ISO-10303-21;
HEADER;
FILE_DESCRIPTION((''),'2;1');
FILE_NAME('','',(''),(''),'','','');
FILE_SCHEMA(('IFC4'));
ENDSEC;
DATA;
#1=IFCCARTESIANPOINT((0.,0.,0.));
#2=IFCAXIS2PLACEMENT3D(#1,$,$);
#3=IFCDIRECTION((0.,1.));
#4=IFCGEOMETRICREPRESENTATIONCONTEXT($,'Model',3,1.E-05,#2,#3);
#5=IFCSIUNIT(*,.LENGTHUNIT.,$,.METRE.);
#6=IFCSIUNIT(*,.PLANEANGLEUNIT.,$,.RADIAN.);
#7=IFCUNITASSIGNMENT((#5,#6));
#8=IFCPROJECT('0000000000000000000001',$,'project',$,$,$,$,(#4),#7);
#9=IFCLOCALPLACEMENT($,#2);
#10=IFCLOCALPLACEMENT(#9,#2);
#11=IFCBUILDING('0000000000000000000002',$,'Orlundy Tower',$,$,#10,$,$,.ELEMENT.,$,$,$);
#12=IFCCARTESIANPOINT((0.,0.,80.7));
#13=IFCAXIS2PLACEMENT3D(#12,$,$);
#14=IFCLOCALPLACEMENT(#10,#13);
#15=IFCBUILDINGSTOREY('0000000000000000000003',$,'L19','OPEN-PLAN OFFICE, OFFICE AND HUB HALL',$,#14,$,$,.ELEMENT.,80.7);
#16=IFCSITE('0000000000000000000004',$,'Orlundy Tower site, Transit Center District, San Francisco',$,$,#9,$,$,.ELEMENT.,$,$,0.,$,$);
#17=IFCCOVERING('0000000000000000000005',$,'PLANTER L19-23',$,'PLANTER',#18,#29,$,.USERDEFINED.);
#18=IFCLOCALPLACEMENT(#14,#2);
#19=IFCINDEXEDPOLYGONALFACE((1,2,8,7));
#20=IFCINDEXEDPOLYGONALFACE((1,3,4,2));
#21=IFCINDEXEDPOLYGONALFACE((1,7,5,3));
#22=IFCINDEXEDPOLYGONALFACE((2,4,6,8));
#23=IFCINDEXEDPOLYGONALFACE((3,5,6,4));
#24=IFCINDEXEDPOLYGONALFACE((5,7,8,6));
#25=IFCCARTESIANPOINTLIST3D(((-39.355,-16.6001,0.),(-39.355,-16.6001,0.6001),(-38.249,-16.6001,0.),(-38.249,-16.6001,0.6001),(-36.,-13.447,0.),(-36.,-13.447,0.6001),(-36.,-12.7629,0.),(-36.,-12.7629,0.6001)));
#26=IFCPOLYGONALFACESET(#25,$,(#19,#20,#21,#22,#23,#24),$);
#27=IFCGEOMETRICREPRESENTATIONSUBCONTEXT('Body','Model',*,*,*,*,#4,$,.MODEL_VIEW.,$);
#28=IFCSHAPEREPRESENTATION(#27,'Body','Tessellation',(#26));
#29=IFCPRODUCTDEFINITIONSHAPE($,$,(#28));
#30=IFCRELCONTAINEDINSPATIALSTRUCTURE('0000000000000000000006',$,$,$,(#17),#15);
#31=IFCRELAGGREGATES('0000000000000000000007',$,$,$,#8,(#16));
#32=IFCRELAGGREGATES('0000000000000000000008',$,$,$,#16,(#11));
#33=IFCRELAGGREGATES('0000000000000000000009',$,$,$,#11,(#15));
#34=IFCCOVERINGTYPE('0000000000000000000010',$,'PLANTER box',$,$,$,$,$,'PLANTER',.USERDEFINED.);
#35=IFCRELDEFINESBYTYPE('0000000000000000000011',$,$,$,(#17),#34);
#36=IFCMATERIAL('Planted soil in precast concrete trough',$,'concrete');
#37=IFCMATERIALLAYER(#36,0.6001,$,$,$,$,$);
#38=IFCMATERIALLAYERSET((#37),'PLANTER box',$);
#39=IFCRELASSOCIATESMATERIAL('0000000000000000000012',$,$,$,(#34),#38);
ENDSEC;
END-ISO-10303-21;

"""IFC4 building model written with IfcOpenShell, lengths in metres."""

from ifc_helpers import new_model, si_unit, direction, frame, origin, place, context, subcontext, project, spatial, polyline, outline, extrude, material, layer, layer_set, type_object, element, save


model = new_model("IFC4")

# Units and contexts
model_context = context("Model", 3, precision=1e-05, world=origin(), true_north=direction((0.0, 1.0)))
body_context = subcontext(model_context, "Body", "Model", "MODEL_VIEW")
ifc_project = project(units=[si_unit("LENGTHUNIT", "METRE"), si_unit("PLANEANGLEUNIT", "RADIAN")], contexts=[model_context])

# Site, building, storey
site_placement = place(None, origin())
site = spatial("IfcSite", under=ifc_project, at=site_placement, Name="Orlundy Tower site, Transit Center District, San Francisco", CompositionType="ELEMENT", RefElevation=0.0)
building_placement = place(site_placement, origin())
building = spatial("IfcBuilding", under=site, at=building_placement, Name="Orlundy Tower", CompositionType="ELEMENT")
storey_placement = place(building_placement, frame((0.0, 0.0, 80.7)))
storey = spatial("IfcBuildingStorey", under=building, at=storey_placement, Name="L19", Description="OPEN-PLAN OFFICE, OFFICE AND HUB HALL", CompositionType="ELEMENT", Elevation=80.7)

# Covering
ifc_material_1 = material(Name="Planted soil in precast concrete trough", Category="concrete")
ifc_layer_1 = layer(ifc_material_1, 0.6001)
ifc_layer_set_1 = layer_set([ifc_layer_1], Name="PLANTER box")
covering_type = type_object("IfcCoveringType", Name="PLANTER box", ElementType="PLANTER", PredefinedType="USERDEFINED", material=ifc_layer_set_1)
covering_1_placement = place(storey_placement, origin())
element("IfcCovering", 1, at=covering_1_placement, inside=storey, type_object=covering_type, Name="PLANTER L19-23", ObjectType="PLANTER", PredefinedType="USERDEFINED", context=body_context, shape_type="SweptSolid", body=[
    extrude(outline(polyline([(-36.0, -12.7629), (-36.0, -13.447), (-38.249, -16.6001), (-39.355, -16.6001), (-36.0, -12.7629)])), origin(), (0.0, 0.0, 1.0), 0.6001),
])

save(model, "model.ifc")
